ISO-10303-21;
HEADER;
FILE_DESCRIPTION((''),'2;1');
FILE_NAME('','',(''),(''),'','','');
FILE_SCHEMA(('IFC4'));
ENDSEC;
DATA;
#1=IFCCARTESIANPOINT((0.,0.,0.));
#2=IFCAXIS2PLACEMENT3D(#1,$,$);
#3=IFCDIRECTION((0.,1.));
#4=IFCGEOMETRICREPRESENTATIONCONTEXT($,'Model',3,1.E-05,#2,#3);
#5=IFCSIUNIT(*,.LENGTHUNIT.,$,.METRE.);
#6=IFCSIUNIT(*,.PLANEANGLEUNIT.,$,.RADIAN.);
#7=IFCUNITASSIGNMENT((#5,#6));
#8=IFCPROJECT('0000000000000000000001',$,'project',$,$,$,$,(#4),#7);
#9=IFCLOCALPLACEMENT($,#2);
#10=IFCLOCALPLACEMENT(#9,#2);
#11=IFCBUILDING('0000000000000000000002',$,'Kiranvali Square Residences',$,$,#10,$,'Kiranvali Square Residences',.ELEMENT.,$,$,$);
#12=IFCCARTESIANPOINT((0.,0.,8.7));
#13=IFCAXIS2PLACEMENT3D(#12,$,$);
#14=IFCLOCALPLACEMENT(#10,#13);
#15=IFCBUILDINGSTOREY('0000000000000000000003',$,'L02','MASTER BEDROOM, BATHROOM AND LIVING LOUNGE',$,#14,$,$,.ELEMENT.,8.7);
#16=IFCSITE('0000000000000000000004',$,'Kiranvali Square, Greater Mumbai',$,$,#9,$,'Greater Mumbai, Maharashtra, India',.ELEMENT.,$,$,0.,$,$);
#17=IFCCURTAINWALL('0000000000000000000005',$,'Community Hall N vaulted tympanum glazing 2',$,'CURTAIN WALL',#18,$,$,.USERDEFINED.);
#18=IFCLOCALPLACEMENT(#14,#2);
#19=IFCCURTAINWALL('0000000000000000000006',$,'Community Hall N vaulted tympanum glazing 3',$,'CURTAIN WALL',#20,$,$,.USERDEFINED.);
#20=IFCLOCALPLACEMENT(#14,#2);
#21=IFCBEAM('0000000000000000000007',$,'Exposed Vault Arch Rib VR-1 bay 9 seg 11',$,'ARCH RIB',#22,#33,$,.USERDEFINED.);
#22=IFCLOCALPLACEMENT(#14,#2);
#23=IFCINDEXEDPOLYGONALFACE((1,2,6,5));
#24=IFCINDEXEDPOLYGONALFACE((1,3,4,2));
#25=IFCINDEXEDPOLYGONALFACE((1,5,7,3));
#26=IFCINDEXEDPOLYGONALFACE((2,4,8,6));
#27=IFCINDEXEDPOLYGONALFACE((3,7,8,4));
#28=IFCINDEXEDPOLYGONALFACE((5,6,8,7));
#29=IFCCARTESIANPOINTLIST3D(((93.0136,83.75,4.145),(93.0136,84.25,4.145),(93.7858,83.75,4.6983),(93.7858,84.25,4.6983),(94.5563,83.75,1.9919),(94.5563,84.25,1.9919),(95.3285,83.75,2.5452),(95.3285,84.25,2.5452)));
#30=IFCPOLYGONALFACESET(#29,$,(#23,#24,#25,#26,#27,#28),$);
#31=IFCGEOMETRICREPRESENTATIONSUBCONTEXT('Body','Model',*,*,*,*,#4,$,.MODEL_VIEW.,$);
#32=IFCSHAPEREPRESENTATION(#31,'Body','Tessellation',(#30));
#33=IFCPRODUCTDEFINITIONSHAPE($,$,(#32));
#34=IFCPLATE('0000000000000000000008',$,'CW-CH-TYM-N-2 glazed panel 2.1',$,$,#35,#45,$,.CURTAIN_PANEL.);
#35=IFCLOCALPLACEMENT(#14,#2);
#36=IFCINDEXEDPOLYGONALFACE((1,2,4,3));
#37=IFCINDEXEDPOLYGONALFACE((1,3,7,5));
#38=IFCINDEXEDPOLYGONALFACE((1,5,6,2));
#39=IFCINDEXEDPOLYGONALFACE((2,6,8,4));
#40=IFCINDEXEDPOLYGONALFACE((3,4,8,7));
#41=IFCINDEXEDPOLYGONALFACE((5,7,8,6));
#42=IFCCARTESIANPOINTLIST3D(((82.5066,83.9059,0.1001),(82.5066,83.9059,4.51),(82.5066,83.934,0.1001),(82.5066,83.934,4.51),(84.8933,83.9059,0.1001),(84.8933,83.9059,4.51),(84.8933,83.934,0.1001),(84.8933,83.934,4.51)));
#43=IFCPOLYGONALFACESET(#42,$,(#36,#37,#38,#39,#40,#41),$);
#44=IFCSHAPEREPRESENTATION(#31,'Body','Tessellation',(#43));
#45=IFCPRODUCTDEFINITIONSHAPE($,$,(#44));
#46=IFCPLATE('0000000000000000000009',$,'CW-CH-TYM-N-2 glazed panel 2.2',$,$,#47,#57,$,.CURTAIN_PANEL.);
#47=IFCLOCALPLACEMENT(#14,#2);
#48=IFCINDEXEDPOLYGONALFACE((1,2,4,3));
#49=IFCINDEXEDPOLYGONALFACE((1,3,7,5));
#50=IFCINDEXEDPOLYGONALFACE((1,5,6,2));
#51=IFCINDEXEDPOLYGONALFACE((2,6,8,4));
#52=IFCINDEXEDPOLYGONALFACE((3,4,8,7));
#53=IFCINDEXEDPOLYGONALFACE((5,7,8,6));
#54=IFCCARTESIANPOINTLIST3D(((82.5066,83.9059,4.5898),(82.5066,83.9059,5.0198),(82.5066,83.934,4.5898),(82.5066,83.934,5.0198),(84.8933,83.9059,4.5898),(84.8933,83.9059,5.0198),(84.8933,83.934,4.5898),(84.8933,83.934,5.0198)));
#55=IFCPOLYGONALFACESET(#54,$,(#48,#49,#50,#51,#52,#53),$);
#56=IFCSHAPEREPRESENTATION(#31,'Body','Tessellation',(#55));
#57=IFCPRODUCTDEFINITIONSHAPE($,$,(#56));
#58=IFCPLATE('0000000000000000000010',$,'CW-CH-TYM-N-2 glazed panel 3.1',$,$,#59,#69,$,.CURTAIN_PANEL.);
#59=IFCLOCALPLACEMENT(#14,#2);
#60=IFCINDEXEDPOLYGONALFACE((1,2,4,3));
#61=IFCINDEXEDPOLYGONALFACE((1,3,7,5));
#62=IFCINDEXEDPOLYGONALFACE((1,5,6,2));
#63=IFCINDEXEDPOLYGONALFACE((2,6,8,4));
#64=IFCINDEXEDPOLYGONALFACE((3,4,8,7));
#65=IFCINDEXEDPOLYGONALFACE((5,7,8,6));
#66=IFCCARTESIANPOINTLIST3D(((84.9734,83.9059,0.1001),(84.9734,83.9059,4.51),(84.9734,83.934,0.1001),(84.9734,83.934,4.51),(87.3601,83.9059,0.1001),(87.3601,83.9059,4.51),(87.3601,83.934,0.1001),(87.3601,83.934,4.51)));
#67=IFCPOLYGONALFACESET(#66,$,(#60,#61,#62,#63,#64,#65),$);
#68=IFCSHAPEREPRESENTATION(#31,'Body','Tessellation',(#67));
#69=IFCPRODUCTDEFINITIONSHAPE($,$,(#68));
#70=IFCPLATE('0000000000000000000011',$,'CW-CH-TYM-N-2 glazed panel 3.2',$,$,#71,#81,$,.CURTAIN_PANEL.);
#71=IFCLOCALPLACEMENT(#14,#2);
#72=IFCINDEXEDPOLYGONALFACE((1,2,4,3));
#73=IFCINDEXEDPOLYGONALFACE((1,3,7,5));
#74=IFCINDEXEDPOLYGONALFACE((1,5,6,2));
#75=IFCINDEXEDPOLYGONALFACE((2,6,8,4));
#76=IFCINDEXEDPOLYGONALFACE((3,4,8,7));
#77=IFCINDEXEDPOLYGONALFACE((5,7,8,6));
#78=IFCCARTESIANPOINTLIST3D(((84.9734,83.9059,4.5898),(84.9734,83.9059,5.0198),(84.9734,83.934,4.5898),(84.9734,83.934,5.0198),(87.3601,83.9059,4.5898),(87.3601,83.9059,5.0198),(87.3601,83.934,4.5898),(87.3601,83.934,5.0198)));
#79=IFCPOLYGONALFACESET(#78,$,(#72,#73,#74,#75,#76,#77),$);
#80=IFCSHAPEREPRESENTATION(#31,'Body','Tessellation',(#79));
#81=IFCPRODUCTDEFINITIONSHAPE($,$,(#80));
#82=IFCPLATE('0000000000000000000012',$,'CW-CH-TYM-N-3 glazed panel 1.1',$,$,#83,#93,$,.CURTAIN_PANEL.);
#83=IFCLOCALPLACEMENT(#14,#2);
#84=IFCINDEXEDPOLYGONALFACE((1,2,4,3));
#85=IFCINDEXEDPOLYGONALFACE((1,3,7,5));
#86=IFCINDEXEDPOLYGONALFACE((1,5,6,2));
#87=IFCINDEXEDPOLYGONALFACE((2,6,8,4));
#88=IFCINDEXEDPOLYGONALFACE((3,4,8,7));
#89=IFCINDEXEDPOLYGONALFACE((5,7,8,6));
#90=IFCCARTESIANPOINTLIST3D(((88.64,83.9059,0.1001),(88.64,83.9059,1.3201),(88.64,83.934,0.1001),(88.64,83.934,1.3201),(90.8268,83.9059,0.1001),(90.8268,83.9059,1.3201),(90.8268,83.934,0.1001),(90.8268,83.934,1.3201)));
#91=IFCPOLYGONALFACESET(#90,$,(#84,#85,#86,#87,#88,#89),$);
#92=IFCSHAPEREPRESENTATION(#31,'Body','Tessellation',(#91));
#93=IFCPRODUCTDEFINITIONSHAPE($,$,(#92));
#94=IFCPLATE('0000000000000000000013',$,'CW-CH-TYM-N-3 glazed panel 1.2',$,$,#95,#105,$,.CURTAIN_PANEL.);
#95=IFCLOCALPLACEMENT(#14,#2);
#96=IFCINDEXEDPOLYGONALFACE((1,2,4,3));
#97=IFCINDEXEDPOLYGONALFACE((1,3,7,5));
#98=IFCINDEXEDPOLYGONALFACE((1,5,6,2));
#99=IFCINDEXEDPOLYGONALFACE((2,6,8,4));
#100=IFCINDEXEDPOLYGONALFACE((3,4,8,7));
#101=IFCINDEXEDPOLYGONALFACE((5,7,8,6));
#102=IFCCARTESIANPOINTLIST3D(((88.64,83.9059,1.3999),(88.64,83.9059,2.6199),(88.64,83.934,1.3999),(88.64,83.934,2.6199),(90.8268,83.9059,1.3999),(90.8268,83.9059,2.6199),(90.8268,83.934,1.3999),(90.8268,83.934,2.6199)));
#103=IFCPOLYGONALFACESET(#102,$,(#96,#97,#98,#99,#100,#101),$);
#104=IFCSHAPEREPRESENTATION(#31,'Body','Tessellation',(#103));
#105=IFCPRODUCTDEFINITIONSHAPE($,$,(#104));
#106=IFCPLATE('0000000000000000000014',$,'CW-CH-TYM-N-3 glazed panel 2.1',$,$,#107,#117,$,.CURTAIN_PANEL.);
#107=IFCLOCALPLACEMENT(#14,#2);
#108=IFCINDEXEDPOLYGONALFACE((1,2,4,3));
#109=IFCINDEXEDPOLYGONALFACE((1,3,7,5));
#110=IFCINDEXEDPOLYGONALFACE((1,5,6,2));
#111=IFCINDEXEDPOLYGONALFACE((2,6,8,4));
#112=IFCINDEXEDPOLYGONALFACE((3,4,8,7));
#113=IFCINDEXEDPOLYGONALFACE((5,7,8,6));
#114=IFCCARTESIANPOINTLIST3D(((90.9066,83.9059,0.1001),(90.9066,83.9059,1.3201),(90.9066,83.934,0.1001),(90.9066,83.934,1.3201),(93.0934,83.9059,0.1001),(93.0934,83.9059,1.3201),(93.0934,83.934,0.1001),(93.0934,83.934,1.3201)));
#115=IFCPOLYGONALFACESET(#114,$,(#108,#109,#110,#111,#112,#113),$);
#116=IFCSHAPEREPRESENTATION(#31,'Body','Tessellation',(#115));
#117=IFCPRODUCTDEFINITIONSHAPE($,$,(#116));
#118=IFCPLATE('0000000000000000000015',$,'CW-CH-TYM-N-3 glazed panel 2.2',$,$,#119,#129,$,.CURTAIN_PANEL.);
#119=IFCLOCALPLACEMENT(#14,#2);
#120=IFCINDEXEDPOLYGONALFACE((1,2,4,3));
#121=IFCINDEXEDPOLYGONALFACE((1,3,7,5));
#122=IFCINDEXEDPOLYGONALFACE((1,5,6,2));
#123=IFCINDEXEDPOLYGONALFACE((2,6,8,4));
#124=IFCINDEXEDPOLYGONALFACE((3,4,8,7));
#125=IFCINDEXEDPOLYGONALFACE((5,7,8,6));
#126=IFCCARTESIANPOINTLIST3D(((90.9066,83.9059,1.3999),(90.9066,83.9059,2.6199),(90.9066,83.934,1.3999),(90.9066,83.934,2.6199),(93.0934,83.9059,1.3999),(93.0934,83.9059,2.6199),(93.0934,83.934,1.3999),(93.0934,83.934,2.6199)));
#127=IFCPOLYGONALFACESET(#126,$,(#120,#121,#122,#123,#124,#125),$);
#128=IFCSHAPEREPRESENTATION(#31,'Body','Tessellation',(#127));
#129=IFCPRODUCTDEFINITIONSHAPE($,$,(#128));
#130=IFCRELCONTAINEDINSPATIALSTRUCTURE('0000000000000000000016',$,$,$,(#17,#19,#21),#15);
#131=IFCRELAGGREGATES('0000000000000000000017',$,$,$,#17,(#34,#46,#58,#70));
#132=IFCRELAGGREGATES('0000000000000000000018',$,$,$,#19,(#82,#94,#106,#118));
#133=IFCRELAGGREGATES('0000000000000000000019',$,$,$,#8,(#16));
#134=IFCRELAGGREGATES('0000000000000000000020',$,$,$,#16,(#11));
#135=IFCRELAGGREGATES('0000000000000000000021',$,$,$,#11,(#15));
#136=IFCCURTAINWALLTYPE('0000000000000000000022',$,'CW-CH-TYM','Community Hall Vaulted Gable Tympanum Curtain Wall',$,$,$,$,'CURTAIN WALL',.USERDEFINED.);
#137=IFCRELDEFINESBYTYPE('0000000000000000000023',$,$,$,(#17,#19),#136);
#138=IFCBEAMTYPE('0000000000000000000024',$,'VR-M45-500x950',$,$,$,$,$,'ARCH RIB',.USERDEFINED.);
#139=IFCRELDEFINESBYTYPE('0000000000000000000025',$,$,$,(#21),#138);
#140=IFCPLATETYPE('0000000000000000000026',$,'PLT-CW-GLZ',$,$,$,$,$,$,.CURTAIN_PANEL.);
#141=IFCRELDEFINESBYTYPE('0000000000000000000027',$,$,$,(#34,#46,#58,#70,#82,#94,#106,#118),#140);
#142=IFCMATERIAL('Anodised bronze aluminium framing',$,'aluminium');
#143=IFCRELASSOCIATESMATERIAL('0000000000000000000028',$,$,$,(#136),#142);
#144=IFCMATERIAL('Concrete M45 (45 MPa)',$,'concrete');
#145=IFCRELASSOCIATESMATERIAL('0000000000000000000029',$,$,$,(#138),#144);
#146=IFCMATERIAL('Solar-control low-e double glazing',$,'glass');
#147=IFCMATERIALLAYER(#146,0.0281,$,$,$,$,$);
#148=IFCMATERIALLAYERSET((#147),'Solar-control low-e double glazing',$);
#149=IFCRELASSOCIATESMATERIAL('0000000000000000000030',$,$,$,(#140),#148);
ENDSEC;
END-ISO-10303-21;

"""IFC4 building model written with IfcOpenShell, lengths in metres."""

from ifc_helpers import new_model, si_unit, direction, frame, origin, origin_2d, place, context, subcontext, project, spatial, rectangle, extrude, material, layer, layer_set, material_profile, profile_set, type_object, element, aggregate, save


model = new_model("IFC4")

# Units and contexts
model_context = context("Model", 3, precision=1e-05, world=origin(), true_north=direction((0.0, 1.0)))
body_context = subcontext(model_context, "Body", "Model", "MODEL_VIEW")
ifc_project = project(units=[si_unit("LENGTHUNIT", "METRE"), si_unit("PLANEANGLEUNIT", "RADIAN")], contexts=[model_context])

# Site, building, storey
site_placement = place(None, origin())
site = spatial("IfcSite", under=ifc_project, at=site_placement, Name="Kiranvali Square, Greater Mumbai", LongName="Greater Mumbai, Maharashtra, India", CompositionType="ELEMENT", RefElevation=0.0)
building_placement = place(site_placement, origin())
building = spatial("IfcBuilding", under=site, at=building_placement, Name="Kiranvali Square Residences", LongName="Kiranvali Square Residences", CompositionType="ELEMENT")
storey_placement = place(building_placement, frame((0.0, 0.0, 8.7)))
storey = spatial("IfcBuildingStorey", under=building, at=storey_placement, Name="L02", Description="MASTER BEDROOM, BATHROOM AND LIVING LOUNGE", CompositionType="ELEMENT", Elevation=8.7)

# Curtain walls
ifc_material_1 = material(Name="Anodised bronze aluminium framing", Category="aluminium")
curtain_wall_type = type_object("IfcCurtainWallType", Name="CW-CH-TYM", Description="Community Hall Vaulted Gable Tympanum Curtain Wall", ElementType="CURTAIN WALL", PredefinedType="USERDEFINED", material=ifc_material_1)
curtain_wall_1_placement = place(storey_placement, origin())
curtain_wall_1 = element("IfcCurtainWall", 1, at=curtain_wall_1_placement, inside=storey, type_object=curtain_wall_type, Name="Community Hall N vaulted tympanum glazing 2", ObjectType="CURTAIN WALL", PredefinedType="USERDEFINED")
curtain_wall_2_placement = place(storey_placement, origin())
curtain_wall_2 = element("IfcCurtainWall", 2, at=curtain_wall_2_placement, inside=storey, type_object=curtain_wall_type, Name="Community Hall N vaulted tympanum glazing 3", ObjectType="CURTAIN WALL", PredefinedType="USERDEFINED")

# Beam
ifc_material_2 = material(Name="Concrete M45 (45 MPa)", Category="concrete")
ifc_material_profile_1 = material_profile(ifc_material_2, rectangle(XDim=0.5, YDim=0.95, at=origin_2d()), Name="RC 500x950")
ifc_profile_set_1 = profile_set([ifc_material_profile_1], Name="Concrete M45 (45 MPa)")
beam_type = type_object("IfcBeamType", Name="VR-M45-500x950", ElementType="ARCH RIB", PredefinedType="USERDEFINED", material=ifc_profile_set_1)
beam_1_placement = place(storey_placement, frame((93.3997, 84.0, 4.4216), z_axis=(0.582441, 0.0, -0.812873), x_axis=(0.0, 1.0, 0.0)))
element("IfcBeam", 3, at=beam_1_placement, inside=storey, type_object=beam_type, Name="Exposed Vault Arch Rib VR-1 bay 9 seg 11", ObjectType="ARCH RIB", PredefinedType="USERDEFINED", context=body_context, shape_type="SweptSolid", body=[
    extrude(rectangle(XDim=0.5, YDim=0.95, at=origin_2d()), origin(), (0.0, 0.0, 1.0), 2.6487),
])

# Plates
ifc_material_3 = material(Name="Solar-control low-e double glazing", Category="glass")
ifc_layer = layer(ifc_material_3, 0.0281)
ifc_layer_set = layer_set([ifc_layer], Name="Solar-control low-e double glazing")
plate_type = type_object("IfcPlateType", Name="PLT-CW-GLZ", PredefinedType="CURTAIN_PANEL", material=ifc_layer_set)
plate_1_placement = place(storey_placement, frame((83.7, 83.9199, 0.1001), z_axis=(0.0, 0.0, 1.0), x_axis=(1.0, 0.0, 0.0)))
plate_1 = element("IfcPlate", 4, at=plate_1_placement, type_object=plate_type, Name="CW-CH-TYM-N-2 glazed panel 2.1", PredefinedType="CURTAIN_PANEL", context=body_context, shape_type="SweptSolid", body=[
    extrude(rectangle(XDim=2.3867, YDim=0.0281, at=origin_2d()), origin(), (0.0, 0.0, 1.0), 4.4099),
])
plate_2_placement = place(storey_placement, frame((83.7, 83.9199, 4.5898), z_axis=(0.0, 0.0, 1.0), x_axis=(1.0, 0.0, 0.0)))
plate_2 = element("IfcPlate", 5, at=plate_2_placement, type_object=plate_type, Name="CW-CH-TYM-N-2 glazed panel 2.2", PredefinedType="CURTAIN_PANEL", context=body_context, shape_type="SweptSolid", body=[
    extrude(rectangle(XDim=2.3867, YDim=0.0281, at=origin_2d()), origin(), (0.0, 0.0, 1.0), 0.4299),
])
plate_3_placement = place(storey_placement, frame((86.1667, 83.9199, 0.1001), z_axis=(0.0, 0.0, 1.0), x_axis=(1.0, 0.0, 0.0)))
plate_3 = element("IfcPlate", 6, at=plate_3_placement, type_object=plate_type, Name="CW-CH-TYM-N-2 glazed panel 3.1", PredefinedType="CURTAIN_PANEL", context=body_context, shape_type="SweptSolid", body=[
    extrude(rectangle(XDim=2.3867, YDim=0.0281, at=origin_2d()), origin(), (0.0, 0.0, 1.0), 4.4099),
])
plate_4_placement = place(storey_placement, frame((86.1667, 83.9199, 4.5898), z_axis=(0.0, 0.0, 1.0), x_axis=(1.0, 0.0, 0.0)))
plate_4 = element("IfcPlate", 7, at=plate_4_placement, type_object=plate_type, Name="CW-CH-TYM-N-2 glazed panel 3.2", PredefinedType="CURTAIN_PANEL", context=body_context, shape_type="SweptSolid", body=[
    extrude(rectangle(XDim=2.3867, YDim=0.0281, at=origin_2d()), origin(), (0.0, 0.0, 1.0), 0.4299),
])
aggregate(curtain_wall_1, [plate_1, plate_2, plate_3, plate_4])
plate_5_placement = place(storey_placement, frame((89.7334, 83.9199, 0.1001), z_axis=(0.0, 0.0, 1.0), x_axis=(1.0, 0.0, 0.0)))
plate_5 = element("IfcPlate", 8, at=plate_5_placement, type_object=plate_type, Name="CW-CH-TYM-N-3 glazed panel 1.1", PredefinedType="CURTAIN_PANEL", context=body_context, shape_type="SweptSolid", body=[
    extrude(rectangle(XDim=2.1868, YDim=0.0281, at=origin_2d()), origin(), (0.0, 0.0, 1.0), 1.22),
])
plate_6_placement = place(storey_placement, frame((89.7334, 83.9199, 1.3999), z_axis=(0.0, 0.0, 1.0), x_axis=(1.0, 0.0, 0.0)))
plate_6 = element("IfcPlate", 9, at=plate_6_placement, type_object=plate_type, Name="CW-CH-TYM-N-3 glazed panel 1.2", PredefinedType="CURTAIN_PANEL", context=body_context, shape_type="SweptSolid", body=[
    extrude(rectangle(XDim=2.1868, YDim=0.0281, at=origin_2d()), origin(), (0.0, 0.0, 1.0), 1.22),
])
plate_7_placement = place(storey_placement, frame((92.0, 83.9199, 0.1001), z_axis=(0.0, 0.0, 1.0), x_axis=(1.0, 0.0, 0.0)))
plate_7 = element("IfcPlate", 10, at=plate_7_placement, type_object=plate_type, Name="CW-CH-TYM-N-3 glazed panel 2.1", PredefinedType="CURTAIN_PANEL", context=body_context, shape_type="SweptSolid", body=[
    extrude(rectangle(XDim=2.1868, YDim=0.0281, at=origin_2d()), origin(), (0.0, 0.0, 1.0), 1.22),
])
plate_8_placement = place(storey_placement, frame((92.0, 83.9199, 1.3999), z_axis=(0.0, 0.0, 1.0), x_axis=(1.0, 0.0, 0.0)))
plate_8 = element("IfcPlate", 11, at=plate_8_placement, type_object=plate_type, Name="CW-CH-TYM-N-3 glazed panel 2.2", PredefinedType="CURTAIN_PANEL", context=body_context, shape_type="SweptSolid", body=[
    extrude(rectangle(XDim=2.1868, YDim=0.0281, at=origin_2d()), origin(), (0.0, 0.0, 1.0), 1.22),
])
aggregate(curtain_wall_2, [plate_5, plate_6, plate_7, plate_8])

save(model, "model.ifc")
